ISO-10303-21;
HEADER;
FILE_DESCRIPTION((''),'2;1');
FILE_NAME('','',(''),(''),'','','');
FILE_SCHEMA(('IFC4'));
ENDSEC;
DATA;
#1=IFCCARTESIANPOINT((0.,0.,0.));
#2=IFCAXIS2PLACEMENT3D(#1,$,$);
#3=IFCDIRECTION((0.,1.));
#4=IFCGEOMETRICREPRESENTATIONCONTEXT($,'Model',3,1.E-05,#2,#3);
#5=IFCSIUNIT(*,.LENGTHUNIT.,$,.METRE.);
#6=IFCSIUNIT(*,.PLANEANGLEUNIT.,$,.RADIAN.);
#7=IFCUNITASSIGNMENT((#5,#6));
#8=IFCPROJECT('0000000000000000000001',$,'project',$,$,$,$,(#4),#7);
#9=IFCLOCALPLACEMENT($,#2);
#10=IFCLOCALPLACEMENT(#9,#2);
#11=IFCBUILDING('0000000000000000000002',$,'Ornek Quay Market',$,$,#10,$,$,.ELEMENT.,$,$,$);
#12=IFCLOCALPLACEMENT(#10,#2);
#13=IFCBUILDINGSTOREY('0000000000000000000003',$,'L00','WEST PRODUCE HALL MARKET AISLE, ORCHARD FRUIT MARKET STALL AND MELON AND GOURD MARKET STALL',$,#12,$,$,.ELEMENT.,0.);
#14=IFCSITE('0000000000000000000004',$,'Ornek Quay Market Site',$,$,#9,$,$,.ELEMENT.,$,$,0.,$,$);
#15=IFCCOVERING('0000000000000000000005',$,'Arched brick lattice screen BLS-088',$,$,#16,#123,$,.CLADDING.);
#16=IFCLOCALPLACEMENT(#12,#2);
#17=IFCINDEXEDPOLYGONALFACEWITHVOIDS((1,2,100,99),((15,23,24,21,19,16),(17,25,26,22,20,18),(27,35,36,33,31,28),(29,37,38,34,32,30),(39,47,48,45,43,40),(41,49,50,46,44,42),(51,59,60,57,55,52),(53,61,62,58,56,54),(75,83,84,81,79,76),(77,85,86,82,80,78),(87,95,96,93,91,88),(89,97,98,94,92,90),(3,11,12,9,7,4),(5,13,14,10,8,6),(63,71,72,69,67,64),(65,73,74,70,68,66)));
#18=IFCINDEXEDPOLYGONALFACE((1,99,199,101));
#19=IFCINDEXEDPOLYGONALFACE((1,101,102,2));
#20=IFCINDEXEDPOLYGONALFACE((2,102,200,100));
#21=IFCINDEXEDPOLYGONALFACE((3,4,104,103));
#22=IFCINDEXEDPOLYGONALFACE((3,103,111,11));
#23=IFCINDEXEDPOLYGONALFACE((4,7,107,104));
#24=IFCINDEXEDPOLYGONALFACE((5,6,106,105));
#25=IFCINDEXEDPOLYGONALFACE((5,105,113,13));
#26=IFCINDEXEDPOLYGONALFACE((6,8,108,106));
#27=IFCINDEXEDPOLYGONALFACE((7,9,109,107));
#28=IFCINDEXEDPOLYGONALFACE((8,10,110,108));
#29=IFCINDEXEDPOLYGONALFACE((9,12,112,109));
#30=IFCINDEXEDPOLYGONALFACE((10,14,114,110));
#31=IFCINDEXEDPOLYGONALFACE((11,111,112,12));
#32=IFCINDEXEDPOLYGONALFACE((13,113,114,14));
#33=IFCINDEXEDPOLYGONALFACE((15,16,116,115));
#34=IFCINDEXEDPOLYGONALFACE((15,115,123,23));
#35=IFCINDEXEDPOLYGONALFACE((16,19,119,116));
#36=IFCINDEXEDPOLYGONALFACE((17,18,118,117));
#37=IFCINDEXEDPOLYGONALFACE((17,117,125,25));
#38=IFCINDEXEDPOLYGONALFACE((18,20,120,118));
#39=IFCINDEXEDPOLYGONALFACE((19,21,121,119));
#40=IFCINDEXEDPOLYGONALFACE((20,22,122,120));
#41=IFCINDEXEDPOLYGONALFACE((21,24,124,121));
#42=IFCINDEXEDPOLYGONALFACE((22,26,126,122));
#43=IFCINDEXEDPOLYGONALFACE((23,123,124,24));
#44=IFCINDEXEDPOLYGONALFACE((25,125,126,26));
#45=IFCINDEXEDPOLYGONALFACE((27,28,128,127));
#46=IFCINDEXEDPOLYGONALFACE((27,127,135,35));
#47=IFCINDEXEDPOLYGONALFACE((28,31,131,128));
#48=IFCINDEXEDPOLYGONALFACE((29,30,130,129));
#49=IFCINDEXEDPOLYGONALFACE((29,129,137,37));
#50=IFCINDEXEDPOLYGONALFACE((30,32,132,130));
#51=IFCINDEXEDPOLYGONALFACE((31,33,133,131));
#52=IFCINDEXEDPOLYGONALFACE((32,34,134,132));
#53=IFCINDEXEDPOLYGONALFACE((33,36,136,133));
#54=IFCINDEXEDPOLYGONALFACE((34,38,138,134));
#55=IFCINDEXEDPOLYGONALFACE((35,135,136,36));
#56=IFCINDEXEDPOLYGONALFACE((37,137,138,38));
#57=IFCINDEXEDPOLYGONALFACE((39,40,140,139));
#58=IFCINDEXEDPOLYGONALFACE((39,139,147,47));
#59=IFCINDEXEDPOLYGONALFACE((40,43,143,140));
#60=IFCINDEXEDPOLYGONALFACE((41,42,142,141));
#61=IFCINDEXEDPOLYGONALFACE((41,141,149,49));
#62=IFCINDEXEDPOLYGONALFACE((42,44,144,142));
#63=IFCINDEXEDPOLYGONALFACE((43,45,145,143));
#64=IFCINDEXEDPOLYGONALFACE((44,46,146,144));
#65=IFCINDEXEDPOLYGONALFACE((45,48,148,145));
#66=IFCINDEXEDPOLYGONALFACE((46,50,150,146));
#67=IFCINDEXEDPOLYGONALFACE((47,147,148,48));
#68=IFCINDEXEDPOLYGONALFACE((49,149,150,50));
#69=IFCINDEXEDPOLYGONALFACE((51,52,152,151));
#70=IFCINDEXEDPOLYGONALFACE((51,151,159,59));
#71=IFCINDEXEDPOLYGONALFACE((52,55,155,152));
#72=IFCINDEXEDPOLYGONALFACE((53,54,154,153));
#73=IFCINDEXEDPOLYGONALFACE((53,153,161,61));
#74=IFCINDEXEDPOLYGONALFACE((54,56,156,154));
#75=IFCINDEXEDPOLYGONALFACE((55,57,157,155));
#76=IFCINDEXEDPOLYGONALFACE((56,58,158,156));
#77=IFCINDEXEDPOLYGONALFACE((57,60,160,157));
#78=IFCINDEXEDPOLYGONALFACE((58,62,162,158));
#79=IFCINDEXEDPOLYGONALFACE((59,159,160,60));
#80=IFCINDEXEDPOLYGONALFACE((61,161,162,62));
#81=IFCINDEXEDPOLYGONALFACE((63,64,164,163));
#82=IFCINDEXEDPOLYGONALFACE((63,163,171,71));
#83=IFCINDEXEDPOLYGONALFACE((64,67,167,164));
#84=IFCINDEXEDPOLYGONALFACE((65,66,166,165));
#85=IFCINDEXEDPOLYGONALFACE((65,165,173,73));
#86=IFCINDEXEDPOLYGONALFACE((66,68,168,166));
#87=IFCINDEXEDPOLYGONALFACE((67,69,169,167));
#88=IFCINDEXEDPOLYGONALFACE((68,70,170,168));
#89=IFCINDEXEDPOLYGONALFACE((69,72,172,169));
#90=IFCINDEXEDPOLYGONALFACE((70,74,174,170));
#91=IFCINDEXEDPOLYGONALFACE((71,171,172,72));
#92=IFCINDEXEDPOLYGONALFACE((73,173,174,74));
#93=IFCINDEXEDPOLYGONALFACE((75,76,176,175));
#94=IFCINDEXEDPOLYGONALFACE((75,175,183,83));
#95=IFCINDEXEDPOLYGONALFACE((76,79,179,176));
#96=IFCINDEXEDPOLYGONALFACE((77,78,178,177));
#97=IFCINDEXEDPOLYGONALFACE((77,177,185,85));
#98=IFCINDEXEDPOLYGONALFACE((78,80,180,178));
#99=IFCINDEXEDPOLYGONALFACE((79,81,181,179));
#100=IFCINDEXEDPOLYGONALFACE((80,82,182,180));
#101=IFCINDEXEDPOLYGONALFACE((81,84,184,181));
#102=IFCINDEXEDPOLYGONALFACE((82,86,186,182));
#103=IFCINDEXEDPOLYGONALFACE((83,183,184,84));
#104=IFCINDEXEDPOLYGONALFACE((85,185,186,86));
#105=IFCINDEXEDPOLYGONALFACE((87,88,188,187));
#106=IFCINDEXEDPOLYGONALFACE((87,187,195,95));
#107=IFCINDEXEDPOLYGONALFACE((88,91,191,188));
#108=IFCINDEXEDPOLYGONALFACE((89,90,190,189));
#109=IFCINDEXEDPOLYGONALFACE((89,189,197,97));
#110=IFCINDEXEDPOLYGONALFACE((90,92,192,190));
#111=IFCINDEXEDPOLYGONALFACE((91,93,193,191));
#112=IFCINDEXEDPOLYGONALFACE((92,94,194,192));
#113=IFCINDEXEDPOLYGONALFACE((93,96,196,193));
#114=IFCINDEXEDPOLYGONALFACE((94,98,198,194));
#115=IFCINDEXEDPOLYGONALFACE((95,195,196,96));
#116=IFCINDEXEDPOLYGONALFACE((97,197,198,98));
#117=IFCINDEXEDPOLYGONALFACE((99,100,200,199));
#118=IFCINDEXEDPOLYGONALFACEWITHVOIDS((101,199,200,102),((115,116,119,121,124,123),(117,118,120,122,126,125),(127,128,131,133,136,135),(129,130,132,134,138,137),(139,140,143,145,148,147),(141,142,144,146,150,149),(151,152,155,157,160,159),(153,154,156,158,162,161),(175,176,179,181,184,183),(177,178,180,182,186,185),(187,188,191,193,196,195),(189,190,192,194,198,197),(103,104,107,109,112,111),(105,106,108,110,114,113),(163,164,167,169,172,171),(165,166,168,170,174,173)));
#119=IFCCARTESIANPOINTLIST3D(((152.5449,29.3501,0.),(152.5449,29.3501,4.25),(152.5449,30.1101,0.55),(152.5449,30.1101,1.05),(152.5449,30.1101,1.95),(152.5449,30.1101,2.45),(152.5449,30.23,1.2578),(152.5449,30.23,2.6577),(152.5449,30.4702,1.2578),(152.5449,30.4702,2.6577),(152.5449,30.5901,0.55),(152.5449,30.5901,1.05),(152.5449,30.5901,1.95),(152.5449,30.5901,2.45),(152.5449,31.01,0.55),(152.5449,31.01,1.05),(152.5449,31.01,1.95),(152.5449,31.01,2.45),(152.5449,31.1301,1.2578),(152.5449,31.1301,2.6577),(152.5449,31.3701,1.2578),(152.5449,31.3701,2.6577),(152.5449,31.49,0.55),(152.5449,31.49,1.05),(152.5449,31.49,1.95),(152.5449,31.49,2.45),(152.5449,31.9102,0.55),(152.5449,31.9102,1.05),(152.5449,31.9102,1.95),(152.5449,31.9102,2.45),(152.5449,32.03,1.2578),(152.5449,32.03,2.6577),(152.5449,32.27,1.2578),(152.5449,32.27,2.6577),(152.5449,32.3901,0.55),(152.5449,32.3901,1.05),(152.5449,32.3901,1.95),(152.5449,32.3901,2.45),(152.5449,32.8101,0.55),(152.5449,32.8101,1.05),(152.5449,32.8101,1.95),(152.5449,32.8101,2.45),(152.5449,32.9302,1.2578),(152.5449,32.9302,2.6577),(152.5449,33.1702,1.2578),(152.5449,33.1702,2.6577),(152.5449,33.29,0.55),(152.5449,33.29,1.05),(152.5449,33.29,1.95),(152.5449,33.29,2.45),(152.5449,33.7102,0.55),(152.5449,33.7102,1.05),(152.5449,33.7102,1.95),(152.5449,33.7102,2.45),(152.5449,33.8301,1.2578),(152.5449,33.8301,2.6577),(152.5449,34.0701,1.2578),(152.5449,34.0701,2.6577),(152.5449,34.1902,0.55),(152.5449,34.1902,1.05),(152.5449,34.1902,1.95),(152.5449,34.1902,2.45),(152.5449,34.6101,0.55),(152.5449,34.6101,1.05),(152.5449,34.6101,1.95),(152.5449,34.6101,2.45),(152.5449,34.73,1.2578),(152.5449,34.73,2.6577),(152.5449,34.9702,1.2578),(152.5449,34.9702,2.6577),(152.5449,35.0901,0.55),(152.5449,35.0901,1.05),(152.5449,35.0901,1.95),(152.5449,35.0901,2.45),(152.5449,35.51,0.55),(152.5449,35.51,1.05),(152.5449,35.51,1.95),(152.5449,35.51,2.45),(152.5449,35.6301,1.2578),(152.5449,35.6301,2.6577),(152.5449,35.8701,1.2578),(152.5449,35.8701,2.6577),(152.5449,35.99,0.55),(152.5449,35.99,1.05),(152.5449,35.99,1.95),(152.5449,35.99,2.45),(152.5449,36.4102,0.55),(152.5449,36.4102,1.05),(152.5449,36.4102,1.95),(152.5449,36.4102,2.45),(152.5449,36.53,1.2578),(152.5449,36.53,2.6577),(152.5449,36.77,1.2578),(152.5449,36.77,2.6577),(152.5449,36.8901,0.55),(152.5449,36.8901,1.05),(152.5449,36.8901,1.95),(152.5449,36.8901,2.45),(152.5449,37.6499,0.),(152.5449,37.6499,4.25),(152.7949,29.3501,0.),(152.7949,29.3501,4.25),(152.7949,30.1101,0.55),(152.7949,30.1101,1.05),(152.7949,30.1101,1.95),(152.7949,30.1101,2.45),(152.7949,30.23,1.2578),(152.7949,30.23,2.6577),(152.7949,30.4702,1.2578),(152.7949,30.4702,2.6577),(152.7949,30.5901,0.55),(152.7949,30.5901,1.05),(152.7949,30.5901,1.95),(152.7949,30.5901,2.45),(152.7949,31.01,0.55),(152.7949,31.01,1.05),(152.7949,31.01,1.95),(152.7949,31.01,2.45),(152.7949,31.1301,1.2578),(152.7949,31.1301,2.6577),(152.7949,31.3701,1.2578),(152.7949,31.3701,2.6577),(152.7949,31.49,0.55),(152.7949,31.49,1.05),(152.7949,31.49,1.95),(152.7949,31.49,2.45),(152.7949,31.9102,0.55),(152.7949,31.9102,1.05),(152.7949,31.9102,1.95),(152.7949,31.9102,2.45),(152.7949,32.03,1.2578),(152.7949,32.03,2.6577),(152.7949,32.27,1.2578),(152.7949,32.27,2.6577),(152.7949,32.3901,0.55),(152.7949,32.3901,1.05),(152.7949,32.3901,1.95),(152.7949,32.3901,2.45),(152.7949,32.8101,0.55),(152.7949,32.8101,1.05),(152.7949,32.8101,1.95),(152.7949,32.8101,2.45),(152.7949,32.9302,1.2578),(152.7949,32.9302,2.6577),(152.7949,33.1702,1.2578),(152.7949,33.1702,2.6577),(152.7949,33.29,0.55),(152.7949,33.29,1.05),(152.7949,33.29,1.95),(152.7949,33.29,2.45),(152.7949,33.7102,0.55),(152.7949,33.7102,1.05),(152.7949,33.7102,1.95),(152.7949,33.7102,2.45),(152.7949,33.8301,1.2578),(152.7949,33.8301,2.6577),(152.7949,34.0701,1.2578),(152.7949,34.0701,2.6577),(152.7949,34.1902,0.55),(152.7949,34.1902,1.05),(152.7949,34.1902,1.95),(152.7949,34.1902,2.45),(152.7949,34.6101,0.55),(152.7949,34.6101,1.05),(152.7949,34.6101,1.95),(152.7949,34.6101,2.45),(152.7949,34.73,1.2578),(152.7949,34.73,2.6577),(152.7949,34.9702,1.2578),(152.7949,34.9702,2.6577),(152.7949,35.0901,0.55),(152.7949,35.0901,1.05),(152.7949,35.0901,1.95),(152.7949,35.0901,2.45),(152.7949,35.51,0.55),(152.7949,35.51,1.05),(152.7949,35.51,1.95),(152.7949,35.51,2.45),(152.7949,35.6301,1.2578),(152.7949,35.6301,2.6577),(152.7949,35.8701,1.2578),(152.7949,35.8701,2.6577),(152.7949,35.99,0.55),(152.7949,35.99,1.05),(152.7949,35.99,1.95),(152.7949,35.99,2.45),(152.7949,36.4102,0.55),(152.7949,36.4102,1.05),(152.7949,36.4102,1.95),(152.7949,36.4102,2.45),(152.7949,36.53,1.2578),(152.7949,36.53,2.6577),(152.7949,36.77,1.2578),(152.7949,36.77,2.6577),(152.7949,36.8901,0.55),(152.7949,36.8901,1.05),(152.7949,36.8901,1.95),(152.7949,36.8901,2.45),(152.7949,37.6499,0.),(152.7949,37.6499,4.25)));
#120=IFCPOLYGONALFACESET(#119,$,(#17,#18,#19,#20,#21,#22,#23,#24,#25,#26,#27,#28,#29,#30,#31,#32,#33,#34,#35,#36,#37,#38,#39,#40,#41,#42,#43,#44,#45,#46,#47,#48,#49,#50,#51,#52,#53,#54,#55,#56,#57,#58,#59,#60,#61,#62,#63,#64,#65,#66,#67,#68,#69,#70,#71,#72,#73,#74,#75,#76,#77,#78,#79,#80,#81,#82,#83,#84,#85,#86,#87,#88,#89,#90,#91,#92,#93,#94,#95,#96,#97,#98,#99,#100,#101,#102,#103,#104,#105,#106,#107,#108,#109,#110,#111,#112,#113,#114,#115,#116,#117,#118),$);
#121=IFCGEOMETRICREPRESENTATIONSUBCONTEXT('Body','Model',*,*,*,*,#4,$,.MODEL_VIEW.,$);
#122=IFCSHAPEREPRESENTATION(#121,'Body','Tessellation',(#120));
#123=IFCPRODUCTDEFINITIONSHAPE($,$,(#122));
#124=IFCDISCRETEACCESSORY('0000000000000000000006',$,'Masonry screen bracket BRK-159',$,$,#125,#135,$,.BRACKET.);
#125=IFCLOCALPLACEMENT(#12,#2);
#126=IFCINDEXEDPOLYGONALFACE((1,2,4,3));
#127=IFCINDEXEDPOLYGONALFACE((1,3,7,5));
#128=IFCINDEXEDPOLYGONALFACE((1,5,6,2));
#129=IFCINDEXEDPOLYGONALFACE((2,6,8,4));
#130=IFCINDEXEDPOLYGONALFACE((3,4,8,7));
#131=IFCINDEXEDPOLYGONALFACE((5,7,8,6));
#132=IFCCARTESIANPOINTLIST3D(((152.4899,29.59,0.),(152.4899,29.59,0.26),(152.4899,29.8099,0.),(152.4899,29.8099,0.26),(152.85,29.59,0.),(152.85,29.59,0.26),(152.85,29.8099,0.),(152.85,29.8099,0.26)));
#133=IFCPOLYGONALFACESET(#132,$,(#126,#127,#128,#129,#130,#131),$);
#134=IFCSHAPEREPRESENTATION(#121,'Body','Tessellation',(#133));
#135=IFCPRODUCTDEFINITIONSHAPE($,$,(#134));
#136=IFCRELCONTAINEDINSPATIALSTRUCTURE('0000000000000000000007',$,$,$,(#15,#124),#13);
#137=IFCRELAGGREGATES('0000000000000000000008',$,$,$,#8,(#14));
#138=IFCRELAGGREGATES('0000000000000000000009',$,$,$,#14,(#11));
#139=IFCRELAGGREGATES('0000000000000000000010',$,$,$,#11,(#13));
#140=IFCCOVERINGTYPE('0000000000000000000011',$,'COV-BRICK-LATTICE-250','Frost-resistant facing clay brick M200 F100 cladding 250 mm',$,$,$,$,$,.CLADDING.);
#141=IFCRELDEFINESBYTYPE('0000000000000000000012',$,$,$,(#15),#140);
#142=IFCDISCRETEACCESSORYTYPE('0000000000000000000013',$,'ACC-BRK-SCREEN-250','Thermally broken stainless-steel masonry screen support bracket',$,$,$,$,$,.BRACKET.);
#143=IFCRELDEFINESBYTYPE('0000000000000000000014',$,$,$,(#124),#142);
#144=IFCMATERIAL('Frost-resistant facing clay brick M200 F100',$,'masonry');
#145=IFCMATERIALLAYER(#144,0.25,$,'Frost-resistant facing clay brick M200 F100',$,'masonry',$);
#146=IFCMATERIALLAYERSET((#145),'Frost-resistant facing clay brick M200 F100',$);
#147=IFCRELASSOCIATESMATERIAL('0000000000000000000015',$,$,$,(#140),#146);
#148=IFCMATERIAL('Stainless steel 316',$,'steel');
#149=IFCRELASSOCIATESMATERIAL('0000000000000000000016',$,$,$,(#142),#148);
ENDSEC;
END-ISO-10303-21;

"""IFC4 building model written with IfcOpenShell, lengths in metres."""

from ifc_helpers import new_model, si_unit, direction, frame, origin, origin_2d, place, context, subcontext, project, spatial, polyline, rectangle, outline, extrude, material, layer, layer_set, type_object, element, save


model = new_model("IFC4")

# Units and contexts
model_context = context("Model", 3, precision=1e-05, world=origin(), true_north=direction((0.0, 1.0)))
body_context = subcontext(model_context, "Body", "Model", "MODEL_VIEW")
ifc_project = project(units=[si_unit("LENGTHUNIT", "METRE"), si_unit("PLANEANGLEUNIT", "RADIAN")], contexts=[model_context])

# Site, building, storey
site_placement = place(None, origin())
site = spatial("IfcSite", under=ifc_project, at=site_placement, Name="Ornek Quay Market Site", CompositionType="ELEMENT", RefElevation=0.0)
building_placement = place(site_placement, origin())
building = spatial("IfcBuilding", under=site, at=building_placement, Name="Ornek Quay Market", CompositionType="ELEMENT")
storey_placement = place(building_placement, origin())
storey = spatial("IfcBuildingStorey", under=building, at=storey_placement, Name="L00", Description="WEST PRODUCE HALL MARKET AISLE, ORCHARD FRUIT MARKET STALL AND MELON AND GOURD MARKET STALL", CompositionType="ELEMENT", Elevation=0.0)

# Shared definitions
ifc_material_1 = material(Name="Frost-resistant facing clay brick M200 F100", Category="masonry")

# Covering
ifc_layer_1 = layer(ifc_material_1, 0.25, Name="Frost-resistant facing clay brick M200 F100", Category="masonry")
ifc_layer_set_1 = layer_set([ifc_layer_1], Name="Frost-resistant facing clay brick M200 F100")
covering_type = type_object("IfcCoveringType", Name="COV-BRICK-LATTICE-250", Description="Frost-resistant facing clay brick M200 F100 cladding 250 mm", PredefinedType="CLADDING", material=ifc_layer_set_1)
covering_placement = place(storey_placement, frame((152.6699, 29.3501, 0.0), z_axis=(0.0, 0.0, 1.0), x_axis=(0.0, 1.0, 0.0)))
element("IfcCovering", 1, at=covering_placement, inside=storey, type_object=covering_type, Name="Arched brick lattice screen BLS-088", PredefinedType="CLADDING", context=body_context, shape_type="SweptSolid", body=[
    extrude(outline(polyline([(0.0, 0.0), (8.2998, 0.0), (8.2998, 4.25), (0.0, 4.25), (0.0, 0.0)]), holes=[polyline([(0.76, 0.55), (1.24, 0.55), (1.24, 1.05), (1.1201, 1.2578), (0.8799, 1.2578), (0.76, 1.05), (0.76, 0.55)]), polyline([(0.76, 1.95), (1.24, 1.95), (1.24, 2.45), (1.1201, 2.6577), (0.8799, 2.6577), (0.76, 2.45), (0.76, 1.95)]), polyline([(1.6599, 0.55), (2.1399, 0.55), (2.1399, 1.05), (2.02, 1.2578), (1.78, 1.2578), (1.6599, 1.05), (1.6599, 0.55)]), polyline([(1.6599, 1.95), (2.1399, 1.95), (2.1399, 2.45), (2.02, 2.6577), (1.78, 2.6577), (1.6599, 2.45), (1.6599, 1.95)]), polyline([(2.5601, 0.55), (3.04, 0.55), (3.04, 1.05), (2.9199, 1.2578), (2.6799, 1.2578), (2.5601, 1.05), (2.5601, 0.55)]), polyline([(2.5601, 1.95), (3.04, 1.95), (3.04, 2.45), (2.9199, 2.6577), (2.6799, 2.6577), (2.5601, 2.45), (2.5601, 1.95)]), polyline([(3.46, 0.55), (3.9399, 0.55), (3.9399, 1.05), (3.8201, 1.2578), (3.5801, 1.2578), (3.46, 1.05), (3.46, 0.55)]), polyline([(3.46, 1.95), (3.9399, 1.95), (3.9399, 2.45), (3.8201, 2.6577), (3.5801, 2.6577), (3.46, 2.45), (3.46, 1.95)]), polyline([(4.3601, 0.55), (4.8401, 0.55), (4.8401, 1.05), (4.72, 1.2578), (4.48, 1.2578), (4.3601, 1.05), (4.3601, 0.55)]), polyline([(4.3601, 1.95), (4.8401, 1.95), (4.8401, 2.45), (4.72, 2.6577), (4.48, 2.6577), (4.3601, 2.45), (4.3601, 1.95)]), polyline([(5.26, 0.55), (5.74, 0.55), (5.74, 1.05), (5.6201, 1.2578), (5.3799, 1.2578), (5.26, 1.05), (5.26, 0.55)]), polyline([(5.26, 1.95), (5.74, 1.95), (5.74, 2.45), (5.6201, 2.6577), (5.3799, 2.6577), (5.26, 2.45), (5.26, 1.95)]), polyline([(6.1599, 0.55), (6.6399, 0.55), (6.6399, 1.05), (6.52, 1.2578), (6.28, 1.2578), (6.1599, 1.05), (6.1599, 0.55)]), polyline([(6.1599, 1.95), (6.6399, 1.95), (6.6399, 2.45), (6.52, 2.6577), (6.28, 2.6577), (6.1599, 2.45), (6.1599, 1.95)]), polyline([(7.0601, 0.55), (7.54, 0.55), (7.54, 1.05), (7.4199, 1.2578), (7.1799, 1.2578), (7.0601, 1.05), (7.0601, 0.55)]), polyline([(7.0601, 1.95), (7.54, 1.95), (7.54, 2.45), (7.4199, 2.6577), (7.1799, 2.6577), (7.0601, 2.45), (7.0601, 1.95)])]), frame((0.0, 0.125, 0.0), z_axis=(0.0, -1.0, 0.0), x_axis=(1.0, 0.0, 0.0)), (0.0, 0.0, 1.0), 0.25),
])

# Discrete accessory
ifc_material_2 = material(Name="Stainless steel 316", Category="steel")
discrete_accessory_type = type_object("IfcDiscreteAccessoryType", Name="ACC-BRK-SCREEN-250", Description="Thermally broken stainless-steel masonry screen support bracket", PredefinedType="BRACKET", material=ifc_material_2)
discrete_accessory_placement = place(storey_placement, frame((152.6699, 29.7, 0.0), z_axis=(0.0, 0.0, 1.0), x_axis=(0.0, 1.0, 0.0)))
element("IfcDiscreteAccessory", 2, at=discrete_accessory_placement, inside=storey, type_object=discrete_accessory_type, Name="Masonry screen bracket BRK-159", PredefinedType="BRACKET", context=body_context, shape_type="SweptSolid", body=[
    extrude(rectangle(XDim=0.22, YDim=0.3601, at=origin_2d()), origin(), (0.0, 0.0, 1.0), 0.26),
])

save(model, "model.ifc")
